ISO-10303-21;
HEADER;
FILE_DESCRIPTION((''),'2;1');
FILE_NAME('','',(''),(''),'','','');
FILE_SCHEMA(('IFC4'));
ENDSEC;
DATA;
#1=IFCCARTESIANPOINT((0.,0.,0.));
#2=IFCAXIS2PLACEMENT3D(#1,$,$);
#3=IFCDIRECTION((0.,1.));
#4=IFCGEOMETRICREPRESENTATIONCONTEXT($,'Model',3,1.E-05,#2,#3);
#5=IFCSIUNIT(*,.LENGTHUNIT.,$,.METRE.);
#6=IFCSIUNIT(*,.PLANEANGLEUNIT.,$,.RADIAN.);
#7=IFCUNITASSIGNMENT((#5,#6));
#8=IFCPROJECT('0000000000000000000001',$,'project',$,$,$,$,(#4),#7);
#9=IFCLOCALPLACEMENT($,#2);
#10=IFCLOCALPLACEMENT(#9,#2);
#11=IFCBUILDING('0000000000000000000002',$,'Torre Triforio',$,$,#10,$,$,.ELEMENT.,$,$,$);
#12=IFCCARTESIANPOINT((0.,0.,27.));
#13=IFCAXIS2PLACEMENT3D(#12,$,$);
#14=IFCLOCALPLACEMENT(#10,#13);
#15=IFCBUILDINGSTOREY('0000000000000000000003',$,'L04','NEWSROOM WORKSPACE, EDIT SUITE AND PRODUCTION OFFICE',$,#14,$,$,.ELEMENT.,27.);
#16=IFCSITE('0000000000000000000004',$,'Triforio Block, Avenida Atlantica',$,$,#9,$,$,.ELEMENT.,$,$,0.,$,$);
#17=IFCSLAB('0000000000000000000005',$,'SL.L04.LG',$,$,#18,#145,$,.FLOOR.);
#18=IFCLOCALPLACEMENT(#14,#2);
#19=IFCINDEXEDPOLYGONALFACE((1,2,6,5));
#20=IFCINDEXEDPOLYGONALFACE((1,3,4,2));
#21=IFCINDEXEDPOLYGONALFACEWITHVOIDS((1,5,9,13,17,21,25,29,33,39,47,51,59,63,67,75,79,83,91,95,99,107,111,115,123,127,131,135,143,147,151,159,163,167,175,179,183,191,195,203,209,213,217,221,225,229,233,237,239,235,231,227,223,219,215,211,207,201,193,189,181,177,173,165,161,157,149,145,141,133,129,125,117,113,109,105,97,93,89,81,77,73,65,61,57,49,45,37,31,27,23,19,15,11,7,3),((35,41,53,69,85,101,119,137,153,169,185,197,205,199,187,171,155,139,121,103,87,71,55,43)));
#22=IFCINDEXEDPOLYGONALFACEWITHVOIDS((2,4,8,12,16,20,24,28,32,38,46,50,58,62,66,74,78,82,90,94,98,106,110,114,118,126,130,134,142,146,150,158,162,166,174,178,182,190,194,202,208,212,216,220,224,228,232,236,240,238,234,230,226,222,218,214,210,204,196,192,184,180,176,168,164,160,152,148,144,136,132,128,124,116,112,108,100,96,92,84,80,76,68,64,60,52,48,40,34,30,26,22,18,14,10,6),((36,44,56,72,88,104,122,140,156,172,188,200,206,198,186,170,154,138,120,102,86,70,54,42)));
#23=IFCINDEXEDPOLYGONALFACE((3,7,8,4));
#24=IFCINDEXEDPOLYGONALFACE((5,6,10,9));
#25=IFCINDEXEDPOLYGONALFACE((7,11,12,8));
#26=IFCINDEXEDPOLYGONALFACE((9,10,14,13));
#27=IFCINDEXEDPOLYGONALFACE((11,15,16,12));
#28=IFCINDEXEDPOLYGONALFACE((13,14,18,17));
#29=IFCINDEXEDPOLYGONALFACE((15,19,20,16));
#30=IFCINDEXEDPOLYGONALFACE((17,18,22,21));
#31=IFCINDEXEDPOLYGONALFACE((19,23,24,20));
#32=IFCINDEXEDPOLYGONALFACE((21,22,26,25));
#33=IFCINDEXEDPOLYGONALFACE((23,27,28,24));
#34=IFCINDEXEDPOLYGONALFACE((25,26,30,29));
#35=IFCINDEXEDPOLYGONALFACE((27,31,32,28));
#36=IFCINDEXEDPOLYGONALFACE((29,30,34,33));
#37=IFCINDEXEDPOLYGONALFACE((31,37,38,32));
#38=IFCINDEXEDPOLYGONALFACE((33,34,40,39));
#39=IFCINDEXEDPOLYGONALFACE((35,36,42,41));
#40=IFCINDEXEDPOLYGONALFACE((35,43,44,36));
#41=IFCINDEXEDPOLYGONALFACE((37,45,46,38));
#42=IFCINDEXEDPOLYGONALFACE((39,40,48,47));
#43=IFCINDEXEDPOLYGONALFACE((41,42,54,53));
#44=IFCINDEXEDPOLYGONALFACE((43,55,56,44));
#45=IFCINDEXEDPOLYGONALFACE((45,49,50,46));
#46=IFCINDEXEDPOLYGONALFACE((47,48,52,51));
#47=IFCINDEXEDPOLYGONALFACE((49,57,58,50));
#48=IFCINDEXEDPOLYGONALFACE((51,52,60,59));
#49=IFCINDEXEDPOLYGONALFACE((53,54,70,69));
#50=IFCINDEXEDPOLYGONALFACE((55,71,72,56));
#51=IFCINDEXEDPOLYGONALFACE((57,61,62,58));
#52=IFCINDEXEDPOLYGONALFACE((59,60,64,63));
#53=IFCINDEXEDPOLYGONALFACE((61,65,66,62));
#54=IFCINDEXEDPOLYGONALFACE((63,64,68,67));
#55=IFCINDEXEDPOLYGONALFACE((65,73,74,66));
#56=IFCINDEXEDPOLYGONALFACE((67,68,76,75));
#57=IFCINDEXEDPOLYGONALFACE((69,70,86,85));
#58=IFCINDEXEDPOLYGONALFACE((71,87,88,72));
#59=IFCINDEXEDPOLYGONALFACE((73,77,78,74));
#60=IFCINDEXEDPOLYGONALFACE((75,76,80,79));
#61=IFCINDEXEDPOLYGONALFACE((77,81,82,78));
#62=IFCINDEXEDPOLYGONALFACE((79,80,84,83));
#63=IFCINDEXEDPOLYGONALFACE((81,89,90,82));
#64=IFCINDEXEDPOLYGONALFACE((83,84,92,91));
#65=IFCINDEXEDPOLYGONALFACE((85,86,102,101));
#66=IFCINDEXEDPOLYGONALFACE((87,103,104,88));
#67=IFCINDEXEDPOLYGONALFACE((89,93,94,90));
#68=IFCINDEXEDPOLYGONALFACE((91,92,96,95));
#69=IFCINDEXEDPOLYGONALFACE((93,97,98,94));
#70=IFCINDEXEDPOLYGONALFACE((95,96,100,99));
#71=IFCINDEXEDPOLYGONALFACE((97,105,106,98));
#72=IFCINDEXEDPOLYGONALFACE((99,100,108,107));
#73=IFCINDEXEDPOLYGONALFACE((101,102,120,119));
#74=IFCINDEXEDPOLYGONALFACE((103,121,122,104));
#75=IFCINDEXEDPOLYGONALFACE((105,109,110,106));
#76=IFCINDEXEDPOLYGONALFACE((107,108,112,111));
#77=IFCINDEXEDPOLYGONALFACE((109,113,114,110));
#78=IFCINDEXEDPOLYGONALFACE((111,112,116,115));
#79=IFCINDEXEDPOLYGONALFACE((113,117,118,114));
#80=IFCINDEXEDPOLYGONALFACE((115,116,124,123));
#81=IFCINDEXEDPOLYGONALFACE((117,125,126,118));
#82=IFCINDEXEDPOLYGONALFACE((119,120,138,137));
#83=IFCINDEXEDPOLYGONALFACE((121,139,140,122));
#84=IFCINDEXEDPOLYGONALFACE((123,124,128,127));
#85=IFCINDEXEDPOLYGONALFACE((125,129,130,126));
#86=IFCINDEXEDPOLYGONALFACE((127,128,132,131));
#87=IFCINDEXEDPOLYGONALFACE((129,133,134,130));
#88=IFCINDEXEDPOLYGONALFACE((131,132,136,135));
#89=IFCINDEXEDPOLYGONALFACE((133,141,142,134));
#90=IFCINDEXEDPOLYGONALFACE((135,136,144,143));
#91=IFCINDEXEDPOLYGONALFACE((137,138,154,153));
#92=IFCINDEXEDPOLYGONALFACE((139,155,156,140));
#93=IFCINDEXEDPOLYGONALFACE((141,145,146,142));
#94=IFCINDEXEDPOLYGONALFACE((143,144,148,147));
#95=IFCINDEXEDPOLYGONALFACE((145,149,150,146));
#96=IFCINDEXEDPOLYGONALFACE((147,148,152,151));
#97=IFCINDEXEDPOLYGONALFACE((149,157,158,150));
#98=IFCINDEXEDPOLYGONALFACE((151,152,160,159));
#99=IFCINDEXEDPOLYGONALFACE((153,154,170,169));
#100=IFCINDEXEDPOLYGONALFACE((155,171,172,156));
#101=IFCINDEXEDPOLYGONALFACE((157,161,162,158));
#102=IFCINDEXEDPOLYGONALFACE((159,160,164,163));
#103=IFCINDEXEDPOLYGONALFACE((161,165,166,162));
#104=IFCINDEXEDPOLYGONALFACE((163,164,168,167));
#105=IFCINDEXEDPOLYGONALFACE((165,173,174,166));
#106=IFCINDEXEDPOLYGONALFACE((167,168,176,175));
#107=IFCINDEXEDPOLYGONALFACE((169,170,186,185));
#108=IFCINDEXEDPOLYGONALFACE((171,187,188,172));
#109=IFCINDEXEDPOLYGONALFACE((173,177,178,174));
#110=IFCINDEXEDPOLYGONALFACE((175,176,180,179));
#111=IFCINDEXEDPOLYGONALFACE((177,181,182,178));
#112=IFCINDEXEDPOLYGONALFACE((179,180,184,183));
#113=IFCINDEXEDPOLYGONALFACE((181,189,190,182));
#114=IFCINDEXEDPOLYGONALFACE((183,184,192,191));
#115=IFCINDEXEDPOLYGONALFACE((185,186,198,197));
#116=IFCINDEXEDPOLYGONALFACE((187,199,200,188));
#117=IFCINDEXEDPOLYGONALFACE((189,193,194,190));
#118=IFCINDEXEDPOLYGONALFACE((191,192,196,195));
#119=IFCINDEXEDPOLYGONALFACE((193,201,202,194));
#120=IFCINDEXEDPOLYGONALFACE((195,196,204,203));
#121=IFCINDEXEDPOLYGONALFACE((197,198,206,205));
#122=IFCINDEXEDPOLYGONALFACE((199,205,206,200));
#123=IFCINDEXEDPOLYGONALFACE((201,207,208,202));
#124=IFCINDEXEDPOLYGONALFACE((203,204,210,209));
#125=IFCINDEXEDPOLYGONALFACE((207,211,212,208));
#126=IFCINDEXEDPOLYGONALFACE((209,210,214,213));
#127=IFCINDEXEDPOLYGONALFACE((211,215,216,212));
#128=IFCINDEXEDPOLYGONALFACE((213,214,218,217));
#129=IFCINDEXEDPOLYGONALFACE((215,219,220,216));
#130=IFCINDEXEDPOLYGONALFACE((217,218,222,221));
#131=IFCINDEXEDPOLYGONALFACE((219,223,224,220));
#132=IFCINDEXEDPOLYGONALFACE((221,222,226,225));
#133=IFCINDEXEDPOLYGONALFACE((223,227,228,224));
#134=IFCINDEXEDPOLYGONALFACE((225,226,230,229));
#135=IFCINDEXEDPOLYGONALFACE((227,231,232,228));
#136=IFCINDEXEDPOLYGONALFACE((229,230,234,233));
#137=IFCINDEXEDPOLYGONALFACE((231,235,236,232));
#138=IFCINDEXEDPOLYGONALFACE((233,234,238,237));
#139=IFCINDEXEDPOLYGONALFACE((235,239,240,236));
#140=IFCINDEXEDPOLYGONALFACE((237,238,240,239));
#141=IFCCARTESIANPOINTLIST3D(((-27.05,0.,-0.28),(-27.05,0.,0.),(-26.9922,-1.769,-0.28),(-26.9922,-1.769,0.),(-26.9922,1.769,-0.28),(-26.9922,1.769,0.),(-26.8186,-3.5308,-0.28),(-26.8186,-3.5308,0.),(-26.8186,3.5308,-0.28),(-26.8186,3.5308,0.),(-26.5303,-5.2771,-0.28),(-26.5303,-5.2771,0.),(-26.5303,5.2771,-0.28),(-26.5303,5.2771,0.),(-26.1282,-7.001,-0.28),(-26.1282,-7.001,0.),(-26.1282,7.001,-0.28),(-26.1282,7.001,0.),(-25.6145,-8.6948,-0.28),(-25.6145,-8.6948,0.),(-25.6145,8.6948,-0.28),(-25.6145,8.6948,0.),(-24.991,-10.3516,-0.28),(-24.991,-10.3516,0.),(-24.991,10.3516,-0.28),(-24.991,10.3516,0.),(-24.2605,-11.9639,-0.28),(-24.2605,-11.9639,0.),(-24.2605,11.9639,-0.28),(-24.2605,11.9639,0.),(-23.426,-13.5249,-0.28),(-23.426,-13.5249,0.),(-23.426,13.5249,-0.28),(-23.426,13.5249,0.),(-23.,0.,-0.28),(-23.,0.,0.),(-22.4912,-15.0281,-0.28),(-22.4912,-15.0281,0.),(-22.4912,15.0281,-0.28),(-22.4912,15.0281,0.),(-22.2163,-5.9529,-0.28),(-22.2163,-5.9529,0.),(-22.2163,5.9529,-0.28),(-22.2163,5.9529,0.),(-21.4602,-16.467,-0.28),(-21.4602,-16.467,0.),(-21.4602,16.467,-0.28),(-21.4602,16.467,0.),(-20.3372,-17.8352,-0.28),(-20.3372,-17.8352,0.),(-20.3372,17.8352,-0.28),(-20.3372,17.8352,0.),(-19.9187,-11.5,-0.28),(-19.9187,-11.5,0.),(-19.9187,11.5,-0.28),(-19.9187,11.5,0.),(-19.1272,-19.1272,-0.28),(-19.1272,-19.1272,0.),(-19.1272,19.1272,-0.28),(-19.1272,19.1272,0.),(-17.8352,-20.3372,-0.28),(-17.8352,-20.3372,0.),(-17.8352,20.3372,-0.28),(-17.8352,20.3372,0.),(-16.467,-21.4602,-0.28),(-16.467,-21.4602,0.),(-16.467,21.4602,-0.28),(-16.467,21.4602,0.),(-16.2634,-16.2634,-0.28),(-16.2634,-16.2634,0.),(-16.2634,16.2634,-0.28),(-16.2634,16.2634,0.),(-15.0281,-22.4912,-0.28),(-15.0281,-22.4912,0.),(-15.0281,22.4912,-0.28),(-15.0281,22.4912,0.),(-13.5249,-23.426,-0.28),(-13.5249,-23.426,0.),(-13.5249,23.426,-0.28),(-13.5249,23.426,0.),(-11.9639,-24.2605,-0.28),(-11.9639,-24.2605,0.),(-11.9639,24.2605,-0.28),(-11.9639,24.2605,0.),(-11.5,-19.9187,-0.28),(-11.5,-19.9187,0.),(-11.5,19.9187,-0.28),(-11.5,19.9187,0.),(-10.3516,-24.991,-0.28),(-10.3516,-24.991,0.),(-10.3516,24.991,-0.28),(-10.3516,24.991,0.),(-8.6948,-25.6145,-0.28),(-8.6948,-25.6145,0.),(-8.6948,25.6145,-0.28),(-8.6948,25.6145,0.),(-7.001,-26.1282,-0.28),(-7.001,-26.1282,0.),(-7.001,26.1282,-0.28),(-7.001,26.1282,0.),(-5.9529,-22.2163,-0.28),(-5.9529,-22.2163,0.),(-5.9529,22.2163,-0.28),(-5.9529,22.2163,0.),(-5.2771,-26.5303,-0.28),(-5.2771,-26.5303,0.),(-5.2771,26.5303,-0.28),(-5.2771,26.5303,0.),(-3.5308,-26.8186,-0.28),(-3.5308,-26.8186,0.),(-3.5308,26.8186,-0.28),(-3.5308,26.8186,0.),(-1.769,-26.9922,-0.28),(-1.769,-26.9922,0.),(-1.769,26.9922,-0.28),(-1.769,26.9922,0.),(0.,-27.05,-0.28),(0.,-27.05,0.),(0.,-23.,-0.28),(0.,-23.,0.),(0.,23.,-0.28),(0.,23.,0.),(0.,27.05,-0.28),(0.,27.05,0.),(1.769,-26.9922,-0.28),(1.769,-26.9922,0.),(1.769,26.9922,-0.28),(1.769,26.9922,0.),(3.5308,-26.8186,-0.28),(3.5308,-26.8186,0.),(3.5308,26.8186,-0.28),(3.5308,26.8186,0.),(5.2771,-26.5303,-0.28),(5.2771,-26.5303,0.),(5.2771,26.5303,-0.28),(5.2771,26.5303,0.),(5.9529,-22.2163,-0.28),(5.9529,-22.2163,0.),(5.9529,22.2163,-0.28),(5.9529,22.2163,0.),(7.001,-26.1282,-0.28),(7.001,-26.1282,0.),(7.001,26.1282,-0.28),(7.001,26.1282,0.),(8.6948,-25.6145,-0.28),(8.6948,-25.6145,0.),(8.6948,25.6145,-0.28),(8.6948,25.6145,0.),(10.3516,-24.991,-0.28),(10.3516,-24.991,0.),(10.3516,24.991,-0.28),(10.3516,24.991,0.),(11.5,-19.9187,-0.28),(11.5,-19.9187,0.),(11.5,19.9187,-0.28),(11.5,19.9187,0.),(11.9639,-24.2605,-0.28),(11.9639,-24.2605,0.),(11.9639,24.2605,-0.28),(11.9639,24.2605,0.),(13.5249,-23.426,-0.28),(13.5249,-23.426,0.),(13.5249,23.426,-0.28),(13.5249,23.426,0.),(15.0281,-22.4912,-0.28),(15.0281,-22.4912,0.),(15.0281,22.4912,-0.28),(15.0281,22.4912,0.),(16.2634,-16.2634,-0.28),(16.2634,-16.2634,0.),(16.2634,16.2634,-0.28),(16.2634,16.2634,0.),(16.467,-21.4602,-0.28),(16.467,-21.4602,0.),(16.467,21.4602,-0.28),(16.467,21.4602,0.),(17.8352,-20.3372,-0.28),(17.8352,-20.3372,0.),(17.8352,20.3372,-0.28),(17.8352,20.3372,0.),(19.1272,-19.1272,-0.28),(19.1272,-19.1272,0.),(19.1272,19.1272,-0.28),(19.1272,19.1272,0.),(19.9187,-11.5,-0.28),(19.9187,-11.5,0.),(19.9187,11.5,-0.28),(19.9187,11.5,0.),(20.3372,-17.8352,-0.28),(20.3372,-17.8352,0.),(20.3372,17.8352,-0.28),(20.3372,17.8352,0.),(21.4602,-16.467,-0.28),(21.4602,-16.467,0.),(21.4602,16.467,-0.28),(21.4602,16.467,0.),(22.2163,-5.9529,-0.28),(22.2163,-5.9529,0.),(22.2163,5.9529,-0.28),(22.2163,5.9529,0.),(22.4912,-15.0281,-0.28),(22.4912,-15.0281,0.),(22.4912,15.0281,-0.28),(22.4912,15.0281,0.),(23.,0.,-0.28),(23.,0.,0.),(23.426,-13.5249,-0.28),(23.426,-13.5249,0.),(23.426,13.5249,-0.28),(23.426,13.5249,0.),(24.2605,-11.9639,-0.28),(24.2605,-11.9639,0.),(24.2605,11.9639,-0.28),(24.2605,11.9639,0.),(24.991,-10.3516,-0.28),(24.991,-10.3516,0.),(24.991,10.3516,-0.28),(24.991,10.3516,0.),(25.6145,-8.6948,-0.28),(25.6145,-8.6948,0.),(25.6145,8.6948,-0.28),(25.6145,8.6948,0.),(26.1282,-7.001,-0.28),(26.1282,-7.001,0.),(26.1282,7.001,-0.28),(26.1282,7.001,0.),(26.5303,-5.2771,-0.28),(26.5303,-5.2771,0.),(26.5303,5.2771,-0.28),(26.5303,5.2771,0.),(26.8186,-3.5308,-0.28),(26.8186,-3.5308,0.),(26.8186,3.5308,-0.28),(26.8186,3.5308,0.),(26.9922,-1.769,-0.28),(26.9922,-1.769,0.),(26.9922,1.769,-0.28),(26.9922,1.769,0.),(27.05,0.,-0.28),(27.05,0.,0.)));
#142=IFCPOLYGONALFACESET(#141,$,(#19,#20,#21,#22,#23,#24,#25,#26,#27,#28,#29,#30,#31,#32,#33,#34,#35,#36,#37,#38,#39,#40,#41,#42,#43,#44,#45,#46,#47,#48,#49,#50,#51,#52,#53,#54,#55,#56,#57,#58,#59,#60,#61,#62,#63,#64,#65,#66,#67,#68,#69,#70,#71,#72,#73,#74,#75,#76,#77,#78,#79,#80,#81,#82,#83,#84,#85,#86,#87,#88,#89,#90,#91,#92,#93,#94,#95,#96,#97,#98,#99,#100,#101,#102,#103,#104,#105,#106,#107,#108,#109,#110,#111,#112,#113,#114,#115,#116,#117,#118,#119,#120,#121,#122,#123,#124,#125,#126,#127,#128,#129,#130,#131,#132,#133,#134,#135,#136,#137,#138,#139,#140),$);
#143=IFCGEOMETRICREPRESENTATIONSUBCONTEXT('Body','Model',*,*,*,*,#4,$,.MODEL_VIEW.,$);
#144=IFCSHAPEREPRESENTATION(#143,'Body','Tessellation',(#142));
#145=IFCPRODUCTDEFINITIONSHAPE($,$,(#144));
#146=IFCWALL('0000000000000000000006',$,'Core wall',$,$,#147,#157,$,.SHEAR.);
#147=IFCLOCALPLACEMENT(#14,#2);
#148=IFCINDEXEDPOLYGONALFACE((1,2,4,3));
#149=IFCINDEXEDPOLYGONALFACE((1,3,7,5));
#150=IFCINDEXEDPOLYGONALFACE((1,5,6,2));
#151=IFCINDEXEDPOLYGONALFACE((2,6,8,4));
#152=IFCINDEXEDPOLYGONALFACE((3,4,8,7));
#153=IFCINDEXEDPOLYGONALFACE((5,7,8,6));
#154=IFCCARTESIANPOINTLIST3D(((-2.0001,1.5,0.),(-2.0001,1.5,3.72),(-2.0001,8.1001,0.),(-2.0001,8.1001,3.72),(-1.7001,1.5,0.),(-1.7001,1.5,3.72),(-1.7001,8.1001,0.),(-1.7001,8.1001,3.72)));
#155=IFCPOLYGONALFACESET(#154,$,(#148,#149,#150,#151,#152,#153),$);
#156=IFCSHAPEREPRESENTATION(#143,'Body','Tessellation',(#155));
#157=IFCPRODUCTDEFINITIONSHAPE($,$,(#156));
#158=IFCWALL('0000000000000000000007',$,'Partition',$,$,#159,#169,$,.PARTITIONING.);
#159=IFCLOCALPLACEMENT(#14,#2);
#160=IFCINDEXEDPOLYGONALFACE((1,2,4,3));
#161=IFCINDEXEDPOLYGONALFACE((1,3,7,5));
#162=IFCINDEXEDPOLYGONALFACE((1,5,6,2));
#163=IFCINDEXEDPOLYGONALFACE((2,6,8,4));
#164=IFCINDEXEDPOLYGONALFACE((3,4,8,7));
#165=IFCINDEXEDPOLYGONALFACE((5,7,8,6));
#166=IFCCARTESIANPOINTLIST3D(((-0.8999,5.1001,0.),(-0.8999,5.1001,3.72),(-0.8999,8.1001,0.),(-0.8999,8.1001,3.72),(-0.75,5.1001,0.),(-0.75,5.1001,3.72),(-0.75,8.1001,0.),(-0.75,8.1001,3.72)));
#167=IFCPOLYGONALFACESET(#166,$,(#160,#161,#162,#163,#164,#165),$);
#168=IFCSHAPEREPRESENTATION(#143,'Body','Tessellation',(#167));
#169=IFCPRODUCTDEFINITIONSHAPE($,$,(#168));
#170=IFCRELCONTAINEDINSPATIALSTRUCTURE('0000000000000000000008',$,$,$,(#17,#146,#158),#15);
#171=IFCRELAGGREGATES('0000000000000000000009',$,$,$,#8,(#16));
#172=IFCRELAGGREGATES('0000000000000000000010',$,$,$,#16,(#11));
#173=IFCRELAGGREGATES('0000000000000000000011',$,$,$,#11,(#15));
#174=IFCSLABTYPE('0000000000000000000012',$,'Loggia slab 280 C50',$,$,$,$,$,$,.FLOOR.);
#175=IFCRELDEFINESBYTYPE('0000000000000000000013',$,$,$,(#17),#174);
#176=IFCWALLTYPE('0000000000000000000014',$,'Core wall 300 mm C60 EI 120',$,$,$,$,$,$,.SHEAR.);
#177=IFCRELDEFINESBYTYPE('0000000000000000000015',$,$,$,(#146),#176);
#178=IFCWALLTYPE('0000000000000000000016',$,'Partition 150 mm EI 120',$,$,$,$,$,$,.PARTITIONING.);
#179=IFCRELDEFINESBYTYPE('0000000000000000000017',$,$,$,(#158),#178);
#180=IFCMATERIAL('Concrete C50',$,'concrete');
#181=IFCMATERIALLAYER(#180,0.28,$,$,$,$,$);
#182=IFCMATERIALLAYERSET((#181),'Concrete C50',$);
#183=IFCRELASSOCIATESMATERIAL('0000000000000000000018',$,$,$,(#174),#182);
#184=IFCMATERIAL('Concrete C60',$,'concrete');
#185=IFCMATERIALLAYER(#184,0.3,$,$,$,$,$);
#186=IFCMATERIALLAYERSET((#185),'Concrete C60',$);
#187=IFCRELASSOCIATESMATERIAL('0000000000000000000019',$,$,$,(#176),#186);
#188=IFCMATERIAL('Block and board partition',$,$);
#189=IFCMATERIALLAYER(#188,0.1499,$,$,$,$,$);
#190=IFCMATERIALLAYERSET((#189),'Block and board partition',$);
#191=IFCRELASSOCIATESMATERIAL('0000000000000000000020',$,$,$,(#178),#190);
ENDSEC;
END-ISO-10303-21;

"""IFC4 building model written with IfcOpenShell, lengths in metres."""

from ifc_helpers import new_model, si_unit, direction, frame, frame_2d, origin, place, context, subcontext, project, spatial, polyline, rectangle, outline, extrude, material, layer, layer_set, type_object, element, save


model = new_model("IFC4")

# Units and contexts
model_context = context("Model", 3, precision=1e-05, world=origin(), true_north=direction((0.0, 1.0)))
body_context = subcontext(model_context, "Body", "Model", "MODEL_VIEW")
ifc_project = project(units=[si_unit("LENGTHUNIT", "METRE"), si_unit("PLANEANGLEUNIT", "RADIAN")], contexts=[model_context])

# Site, building, storey
site_placement = place(None, origin())
site = spatial("IfcSite", under=ifc_project, at=site_placement, Name="Triforio Block, Avenida Atlantica", CompositionType="ELEMENT", RefElevation=0.0)
building_placement = place(site_placement, origin())
building = spatial("IfcBuilding", under=site, at=building_placement, Name="Torre Triforio", CompositionType="ELEMENT")
storey_placement = place(building_placement, frame((0.0, 0.0, 27.0)))
storey = spatial("IfcBuildingStorey", under=building, at=storey_placement, Name="L04", Description="NEWSROOM WORKSPACE, EDIT SUITE AND PRODUCTION OFFICE", CompositionType="ELEMENT", Elevation=27.0)

# Slab
ifc_material_1 = material(Name="Concrete C50", Category="concrete")
ifc_layer_1 = layer(ifc_material_1, 0.28)
ifc_layer_set_1 = layer_set([ifc_layer_1], Name="Concrete C50")
slab_type = type_object("IfcSlabType", Name="Loggia slab 280 C50", PredefinedType="FLOOR", material=ifc_layer_set_1)
slab_placement = place(storey_placement, frame((0.0, 0.0, -0.28)))
element("IfcSlab", 1, at=slab_placement, inside=storey, type_object=slab_type, Name="SL.L04.LG", PredefinedType="FLOOR", context=body_context, shape_type="SweptSolid", body=[
    extrude(outline(polyline([(26.9922, -1.769), (27.05, 0.0), (26.9922, 1.769), (26.8186, 3.5308), (26.5303, 5.2771), (26.1282, 7.001), (25.6145, 8.6948), (24.991, 10.3516), (24.2605, 11.9639), (23.426, 13.5249), (22.4912, 15.0281), (21.4602, 16.467), (20.3372, 17.8352), (19.1272, 19.1272), (17.8352, 20.3372), (16.467, 21.4602), (15.0281, 22.4912), (13.5249, 23.426), (11.9639, 24.2605), (10.3516, 24.991), (8.6948, 25.6145), (7.001, 26.1282), (5.2771, 26.5303), (3.5308, 26.8186), (1.769, 26.9922), (0.0, 27.05), (-1.769, 26.9922), (-3.5308, 26.8186), (-5.2771, 26.5303), (-7.001, 26.1282), (-8.6948, 25.6145), (-10.3516, 24.991), (-11.9639, 24.2605), (-13.5249, 23.426), (-15.0281, 22.4912), (-16.467, 21.4602), (-17.8352, 20.3372), (-19.1272, 19.1272), (-20.3372, 17.8352), (-21.4602, 16.467), (-22.4912, 15.0281), (-23.426, 13.5249), (-24.2605, 11.9639), (-24.991, 10.3516), (-25.6145, 8.6948), (-26.1282, 7.001), (-26.5303, 5.2771), (-26.8186, 3.5308), (-26.9922, 1.769), (-27.05, 0.0), (-26.9922, -1.769), (-26.8186, -3.5308), (-26.5303, -5.2771), (-26.1282, -7.001), (-25.6145, -8.6948), (-24.991, -10.3516), (-24.2605, -11.9639), (-23.426, -13.5249), (-22.4912, -15.0281), (-21.4602, -16.467), (-20.3372, -17.8352), (-19.1272, -19.1272), (-17.8352, -20.3372), (-16.467, -21.4602), (-15.0281, -22.4912), (-13.5249, -23.426), (-11.9639, -24.2605), (-10.3516, -24.991), (-8.6948, -25.6145), (-7.001, -26.1282), (-5.2771, -26.5303), (-3.5308, -26.8186), (-1.769, -26.9922), (0.0, -27.05), (1.769, -26.9922), (3.5308, -26.8186), (5.2771, -26.5303), (7.001, -26.1282), (8.6948, -25.6145), (10.3516, -24.991), (11.9639, -24.2605), (13.5249, -23.426), (15.0281, -22.4912), (16.467, -21.4602), (17.8352, -20.3372), (19.1272, -19.1272), (20.3372, -17.8352), (21.4602, -16.467), (22.4912, -15.0281), (23.426, -13.5249), (24.2605, -11.9639), (24.991, -10.3516), (25.6145, -8.6948), (26.1282, -7.001), (26.5303, -5.2771), (26.8186, -3.5308), (26.9922, -1.769)]), holes=[polyline([(22.2163, 5.9529), (23.0, 0.0), (22.2163, -5.9529), (19.9187, -11.5), (16.2634, -16.2634), (11.5, -19.9187), (5.9529, -22.2163), (0.0, -23.0), (-5.9529, -22.2163), (-11.5, -19.9187), (-16.2634, -16.2634), (-19.9187, -11.5), (-22.2163, -5.9529), (-23.0, 0.0), (-22.2163, 5.9529), (-19.9187, 11.5), (-16.2634, 16.2634), (-11.5, 19.9187), (-5.9529, 22.2163), (0.0, 23.0), (5.9529, 22.2163), (11.5, 19.9187), (16.2634, 16.2634), (19.9187, 11.5), (22.2163, 5.9529)])]), origin(), (0.0, 0.0, 1.0), 0.28),
])

# Walls
ifc_material_2 = material(Name="Concrete C60", Category="concrete")
ifc_layer_2 = layer(ifc_material_2, 0.3)
ifc_layer_set_2 = layer_set([ifc_layer_2], Name="Concrete C60")
wall_type_1 = type_object("IfcWallType", Name="Core wall 300 mm C60 EI 120", PredefinedType="SHEAR", material=ifc_layer_set_2)
wall_1_placement = place(storey_placement, frame((-1.8501, 1.5, 0.0), z_axis=(0.0, 0.0, 1.0), x_axis=(0.0, 1.0, 0.0)))
element("IfcWall", 2, at=wall_1_placement, inside=storey, type_object=wall_type_1, Name="Core wall", PredefinedType="SHEAR", context=body_context, shape_type="SweptSolid", body=[
    extrude(rectangle(XDim=6.6001, YDim=0.3, at=frame_2d((3.3, 0.0))), origin(), (0.0, 0.0, 1.0), 3.72),
])
ifc_material_3 = material(Name="Block and board partition")
ifc_layer_3 = layer(ifc_material_3, 0.1499)
ifc_layer_set_3 = layer_set([ifc_layer_3], Name="Block and board partition")
wall_type_2 = type_object("IfcWallType", Name="Partition 150 mm EI 120", PredefinedType="PARTITIONING", material=ifc_layer_set_3)
wall_2_placement = place(storey_placement, frame((-0.825, 5.1001, 0.0), z_axis=(0.0, 0.0, 1.0), x_axis=(0.0, 1.0, 0.0)))
element("IfcWall", 3, at=wall_2_placement, inside=storey, type_object=wall_type_2, Name="Partition", PredefinedType="PARTITIONING", context=body_context, shape_type="SweptSolid", body=[
    extrude(rectangle(XDim=3.0, YDim=0.1499, at=frame_2d((1.5, 0.0))), origin(), (0.0, 0.0, 1.0), 3.72),
])

save(model, "model.ifc")
